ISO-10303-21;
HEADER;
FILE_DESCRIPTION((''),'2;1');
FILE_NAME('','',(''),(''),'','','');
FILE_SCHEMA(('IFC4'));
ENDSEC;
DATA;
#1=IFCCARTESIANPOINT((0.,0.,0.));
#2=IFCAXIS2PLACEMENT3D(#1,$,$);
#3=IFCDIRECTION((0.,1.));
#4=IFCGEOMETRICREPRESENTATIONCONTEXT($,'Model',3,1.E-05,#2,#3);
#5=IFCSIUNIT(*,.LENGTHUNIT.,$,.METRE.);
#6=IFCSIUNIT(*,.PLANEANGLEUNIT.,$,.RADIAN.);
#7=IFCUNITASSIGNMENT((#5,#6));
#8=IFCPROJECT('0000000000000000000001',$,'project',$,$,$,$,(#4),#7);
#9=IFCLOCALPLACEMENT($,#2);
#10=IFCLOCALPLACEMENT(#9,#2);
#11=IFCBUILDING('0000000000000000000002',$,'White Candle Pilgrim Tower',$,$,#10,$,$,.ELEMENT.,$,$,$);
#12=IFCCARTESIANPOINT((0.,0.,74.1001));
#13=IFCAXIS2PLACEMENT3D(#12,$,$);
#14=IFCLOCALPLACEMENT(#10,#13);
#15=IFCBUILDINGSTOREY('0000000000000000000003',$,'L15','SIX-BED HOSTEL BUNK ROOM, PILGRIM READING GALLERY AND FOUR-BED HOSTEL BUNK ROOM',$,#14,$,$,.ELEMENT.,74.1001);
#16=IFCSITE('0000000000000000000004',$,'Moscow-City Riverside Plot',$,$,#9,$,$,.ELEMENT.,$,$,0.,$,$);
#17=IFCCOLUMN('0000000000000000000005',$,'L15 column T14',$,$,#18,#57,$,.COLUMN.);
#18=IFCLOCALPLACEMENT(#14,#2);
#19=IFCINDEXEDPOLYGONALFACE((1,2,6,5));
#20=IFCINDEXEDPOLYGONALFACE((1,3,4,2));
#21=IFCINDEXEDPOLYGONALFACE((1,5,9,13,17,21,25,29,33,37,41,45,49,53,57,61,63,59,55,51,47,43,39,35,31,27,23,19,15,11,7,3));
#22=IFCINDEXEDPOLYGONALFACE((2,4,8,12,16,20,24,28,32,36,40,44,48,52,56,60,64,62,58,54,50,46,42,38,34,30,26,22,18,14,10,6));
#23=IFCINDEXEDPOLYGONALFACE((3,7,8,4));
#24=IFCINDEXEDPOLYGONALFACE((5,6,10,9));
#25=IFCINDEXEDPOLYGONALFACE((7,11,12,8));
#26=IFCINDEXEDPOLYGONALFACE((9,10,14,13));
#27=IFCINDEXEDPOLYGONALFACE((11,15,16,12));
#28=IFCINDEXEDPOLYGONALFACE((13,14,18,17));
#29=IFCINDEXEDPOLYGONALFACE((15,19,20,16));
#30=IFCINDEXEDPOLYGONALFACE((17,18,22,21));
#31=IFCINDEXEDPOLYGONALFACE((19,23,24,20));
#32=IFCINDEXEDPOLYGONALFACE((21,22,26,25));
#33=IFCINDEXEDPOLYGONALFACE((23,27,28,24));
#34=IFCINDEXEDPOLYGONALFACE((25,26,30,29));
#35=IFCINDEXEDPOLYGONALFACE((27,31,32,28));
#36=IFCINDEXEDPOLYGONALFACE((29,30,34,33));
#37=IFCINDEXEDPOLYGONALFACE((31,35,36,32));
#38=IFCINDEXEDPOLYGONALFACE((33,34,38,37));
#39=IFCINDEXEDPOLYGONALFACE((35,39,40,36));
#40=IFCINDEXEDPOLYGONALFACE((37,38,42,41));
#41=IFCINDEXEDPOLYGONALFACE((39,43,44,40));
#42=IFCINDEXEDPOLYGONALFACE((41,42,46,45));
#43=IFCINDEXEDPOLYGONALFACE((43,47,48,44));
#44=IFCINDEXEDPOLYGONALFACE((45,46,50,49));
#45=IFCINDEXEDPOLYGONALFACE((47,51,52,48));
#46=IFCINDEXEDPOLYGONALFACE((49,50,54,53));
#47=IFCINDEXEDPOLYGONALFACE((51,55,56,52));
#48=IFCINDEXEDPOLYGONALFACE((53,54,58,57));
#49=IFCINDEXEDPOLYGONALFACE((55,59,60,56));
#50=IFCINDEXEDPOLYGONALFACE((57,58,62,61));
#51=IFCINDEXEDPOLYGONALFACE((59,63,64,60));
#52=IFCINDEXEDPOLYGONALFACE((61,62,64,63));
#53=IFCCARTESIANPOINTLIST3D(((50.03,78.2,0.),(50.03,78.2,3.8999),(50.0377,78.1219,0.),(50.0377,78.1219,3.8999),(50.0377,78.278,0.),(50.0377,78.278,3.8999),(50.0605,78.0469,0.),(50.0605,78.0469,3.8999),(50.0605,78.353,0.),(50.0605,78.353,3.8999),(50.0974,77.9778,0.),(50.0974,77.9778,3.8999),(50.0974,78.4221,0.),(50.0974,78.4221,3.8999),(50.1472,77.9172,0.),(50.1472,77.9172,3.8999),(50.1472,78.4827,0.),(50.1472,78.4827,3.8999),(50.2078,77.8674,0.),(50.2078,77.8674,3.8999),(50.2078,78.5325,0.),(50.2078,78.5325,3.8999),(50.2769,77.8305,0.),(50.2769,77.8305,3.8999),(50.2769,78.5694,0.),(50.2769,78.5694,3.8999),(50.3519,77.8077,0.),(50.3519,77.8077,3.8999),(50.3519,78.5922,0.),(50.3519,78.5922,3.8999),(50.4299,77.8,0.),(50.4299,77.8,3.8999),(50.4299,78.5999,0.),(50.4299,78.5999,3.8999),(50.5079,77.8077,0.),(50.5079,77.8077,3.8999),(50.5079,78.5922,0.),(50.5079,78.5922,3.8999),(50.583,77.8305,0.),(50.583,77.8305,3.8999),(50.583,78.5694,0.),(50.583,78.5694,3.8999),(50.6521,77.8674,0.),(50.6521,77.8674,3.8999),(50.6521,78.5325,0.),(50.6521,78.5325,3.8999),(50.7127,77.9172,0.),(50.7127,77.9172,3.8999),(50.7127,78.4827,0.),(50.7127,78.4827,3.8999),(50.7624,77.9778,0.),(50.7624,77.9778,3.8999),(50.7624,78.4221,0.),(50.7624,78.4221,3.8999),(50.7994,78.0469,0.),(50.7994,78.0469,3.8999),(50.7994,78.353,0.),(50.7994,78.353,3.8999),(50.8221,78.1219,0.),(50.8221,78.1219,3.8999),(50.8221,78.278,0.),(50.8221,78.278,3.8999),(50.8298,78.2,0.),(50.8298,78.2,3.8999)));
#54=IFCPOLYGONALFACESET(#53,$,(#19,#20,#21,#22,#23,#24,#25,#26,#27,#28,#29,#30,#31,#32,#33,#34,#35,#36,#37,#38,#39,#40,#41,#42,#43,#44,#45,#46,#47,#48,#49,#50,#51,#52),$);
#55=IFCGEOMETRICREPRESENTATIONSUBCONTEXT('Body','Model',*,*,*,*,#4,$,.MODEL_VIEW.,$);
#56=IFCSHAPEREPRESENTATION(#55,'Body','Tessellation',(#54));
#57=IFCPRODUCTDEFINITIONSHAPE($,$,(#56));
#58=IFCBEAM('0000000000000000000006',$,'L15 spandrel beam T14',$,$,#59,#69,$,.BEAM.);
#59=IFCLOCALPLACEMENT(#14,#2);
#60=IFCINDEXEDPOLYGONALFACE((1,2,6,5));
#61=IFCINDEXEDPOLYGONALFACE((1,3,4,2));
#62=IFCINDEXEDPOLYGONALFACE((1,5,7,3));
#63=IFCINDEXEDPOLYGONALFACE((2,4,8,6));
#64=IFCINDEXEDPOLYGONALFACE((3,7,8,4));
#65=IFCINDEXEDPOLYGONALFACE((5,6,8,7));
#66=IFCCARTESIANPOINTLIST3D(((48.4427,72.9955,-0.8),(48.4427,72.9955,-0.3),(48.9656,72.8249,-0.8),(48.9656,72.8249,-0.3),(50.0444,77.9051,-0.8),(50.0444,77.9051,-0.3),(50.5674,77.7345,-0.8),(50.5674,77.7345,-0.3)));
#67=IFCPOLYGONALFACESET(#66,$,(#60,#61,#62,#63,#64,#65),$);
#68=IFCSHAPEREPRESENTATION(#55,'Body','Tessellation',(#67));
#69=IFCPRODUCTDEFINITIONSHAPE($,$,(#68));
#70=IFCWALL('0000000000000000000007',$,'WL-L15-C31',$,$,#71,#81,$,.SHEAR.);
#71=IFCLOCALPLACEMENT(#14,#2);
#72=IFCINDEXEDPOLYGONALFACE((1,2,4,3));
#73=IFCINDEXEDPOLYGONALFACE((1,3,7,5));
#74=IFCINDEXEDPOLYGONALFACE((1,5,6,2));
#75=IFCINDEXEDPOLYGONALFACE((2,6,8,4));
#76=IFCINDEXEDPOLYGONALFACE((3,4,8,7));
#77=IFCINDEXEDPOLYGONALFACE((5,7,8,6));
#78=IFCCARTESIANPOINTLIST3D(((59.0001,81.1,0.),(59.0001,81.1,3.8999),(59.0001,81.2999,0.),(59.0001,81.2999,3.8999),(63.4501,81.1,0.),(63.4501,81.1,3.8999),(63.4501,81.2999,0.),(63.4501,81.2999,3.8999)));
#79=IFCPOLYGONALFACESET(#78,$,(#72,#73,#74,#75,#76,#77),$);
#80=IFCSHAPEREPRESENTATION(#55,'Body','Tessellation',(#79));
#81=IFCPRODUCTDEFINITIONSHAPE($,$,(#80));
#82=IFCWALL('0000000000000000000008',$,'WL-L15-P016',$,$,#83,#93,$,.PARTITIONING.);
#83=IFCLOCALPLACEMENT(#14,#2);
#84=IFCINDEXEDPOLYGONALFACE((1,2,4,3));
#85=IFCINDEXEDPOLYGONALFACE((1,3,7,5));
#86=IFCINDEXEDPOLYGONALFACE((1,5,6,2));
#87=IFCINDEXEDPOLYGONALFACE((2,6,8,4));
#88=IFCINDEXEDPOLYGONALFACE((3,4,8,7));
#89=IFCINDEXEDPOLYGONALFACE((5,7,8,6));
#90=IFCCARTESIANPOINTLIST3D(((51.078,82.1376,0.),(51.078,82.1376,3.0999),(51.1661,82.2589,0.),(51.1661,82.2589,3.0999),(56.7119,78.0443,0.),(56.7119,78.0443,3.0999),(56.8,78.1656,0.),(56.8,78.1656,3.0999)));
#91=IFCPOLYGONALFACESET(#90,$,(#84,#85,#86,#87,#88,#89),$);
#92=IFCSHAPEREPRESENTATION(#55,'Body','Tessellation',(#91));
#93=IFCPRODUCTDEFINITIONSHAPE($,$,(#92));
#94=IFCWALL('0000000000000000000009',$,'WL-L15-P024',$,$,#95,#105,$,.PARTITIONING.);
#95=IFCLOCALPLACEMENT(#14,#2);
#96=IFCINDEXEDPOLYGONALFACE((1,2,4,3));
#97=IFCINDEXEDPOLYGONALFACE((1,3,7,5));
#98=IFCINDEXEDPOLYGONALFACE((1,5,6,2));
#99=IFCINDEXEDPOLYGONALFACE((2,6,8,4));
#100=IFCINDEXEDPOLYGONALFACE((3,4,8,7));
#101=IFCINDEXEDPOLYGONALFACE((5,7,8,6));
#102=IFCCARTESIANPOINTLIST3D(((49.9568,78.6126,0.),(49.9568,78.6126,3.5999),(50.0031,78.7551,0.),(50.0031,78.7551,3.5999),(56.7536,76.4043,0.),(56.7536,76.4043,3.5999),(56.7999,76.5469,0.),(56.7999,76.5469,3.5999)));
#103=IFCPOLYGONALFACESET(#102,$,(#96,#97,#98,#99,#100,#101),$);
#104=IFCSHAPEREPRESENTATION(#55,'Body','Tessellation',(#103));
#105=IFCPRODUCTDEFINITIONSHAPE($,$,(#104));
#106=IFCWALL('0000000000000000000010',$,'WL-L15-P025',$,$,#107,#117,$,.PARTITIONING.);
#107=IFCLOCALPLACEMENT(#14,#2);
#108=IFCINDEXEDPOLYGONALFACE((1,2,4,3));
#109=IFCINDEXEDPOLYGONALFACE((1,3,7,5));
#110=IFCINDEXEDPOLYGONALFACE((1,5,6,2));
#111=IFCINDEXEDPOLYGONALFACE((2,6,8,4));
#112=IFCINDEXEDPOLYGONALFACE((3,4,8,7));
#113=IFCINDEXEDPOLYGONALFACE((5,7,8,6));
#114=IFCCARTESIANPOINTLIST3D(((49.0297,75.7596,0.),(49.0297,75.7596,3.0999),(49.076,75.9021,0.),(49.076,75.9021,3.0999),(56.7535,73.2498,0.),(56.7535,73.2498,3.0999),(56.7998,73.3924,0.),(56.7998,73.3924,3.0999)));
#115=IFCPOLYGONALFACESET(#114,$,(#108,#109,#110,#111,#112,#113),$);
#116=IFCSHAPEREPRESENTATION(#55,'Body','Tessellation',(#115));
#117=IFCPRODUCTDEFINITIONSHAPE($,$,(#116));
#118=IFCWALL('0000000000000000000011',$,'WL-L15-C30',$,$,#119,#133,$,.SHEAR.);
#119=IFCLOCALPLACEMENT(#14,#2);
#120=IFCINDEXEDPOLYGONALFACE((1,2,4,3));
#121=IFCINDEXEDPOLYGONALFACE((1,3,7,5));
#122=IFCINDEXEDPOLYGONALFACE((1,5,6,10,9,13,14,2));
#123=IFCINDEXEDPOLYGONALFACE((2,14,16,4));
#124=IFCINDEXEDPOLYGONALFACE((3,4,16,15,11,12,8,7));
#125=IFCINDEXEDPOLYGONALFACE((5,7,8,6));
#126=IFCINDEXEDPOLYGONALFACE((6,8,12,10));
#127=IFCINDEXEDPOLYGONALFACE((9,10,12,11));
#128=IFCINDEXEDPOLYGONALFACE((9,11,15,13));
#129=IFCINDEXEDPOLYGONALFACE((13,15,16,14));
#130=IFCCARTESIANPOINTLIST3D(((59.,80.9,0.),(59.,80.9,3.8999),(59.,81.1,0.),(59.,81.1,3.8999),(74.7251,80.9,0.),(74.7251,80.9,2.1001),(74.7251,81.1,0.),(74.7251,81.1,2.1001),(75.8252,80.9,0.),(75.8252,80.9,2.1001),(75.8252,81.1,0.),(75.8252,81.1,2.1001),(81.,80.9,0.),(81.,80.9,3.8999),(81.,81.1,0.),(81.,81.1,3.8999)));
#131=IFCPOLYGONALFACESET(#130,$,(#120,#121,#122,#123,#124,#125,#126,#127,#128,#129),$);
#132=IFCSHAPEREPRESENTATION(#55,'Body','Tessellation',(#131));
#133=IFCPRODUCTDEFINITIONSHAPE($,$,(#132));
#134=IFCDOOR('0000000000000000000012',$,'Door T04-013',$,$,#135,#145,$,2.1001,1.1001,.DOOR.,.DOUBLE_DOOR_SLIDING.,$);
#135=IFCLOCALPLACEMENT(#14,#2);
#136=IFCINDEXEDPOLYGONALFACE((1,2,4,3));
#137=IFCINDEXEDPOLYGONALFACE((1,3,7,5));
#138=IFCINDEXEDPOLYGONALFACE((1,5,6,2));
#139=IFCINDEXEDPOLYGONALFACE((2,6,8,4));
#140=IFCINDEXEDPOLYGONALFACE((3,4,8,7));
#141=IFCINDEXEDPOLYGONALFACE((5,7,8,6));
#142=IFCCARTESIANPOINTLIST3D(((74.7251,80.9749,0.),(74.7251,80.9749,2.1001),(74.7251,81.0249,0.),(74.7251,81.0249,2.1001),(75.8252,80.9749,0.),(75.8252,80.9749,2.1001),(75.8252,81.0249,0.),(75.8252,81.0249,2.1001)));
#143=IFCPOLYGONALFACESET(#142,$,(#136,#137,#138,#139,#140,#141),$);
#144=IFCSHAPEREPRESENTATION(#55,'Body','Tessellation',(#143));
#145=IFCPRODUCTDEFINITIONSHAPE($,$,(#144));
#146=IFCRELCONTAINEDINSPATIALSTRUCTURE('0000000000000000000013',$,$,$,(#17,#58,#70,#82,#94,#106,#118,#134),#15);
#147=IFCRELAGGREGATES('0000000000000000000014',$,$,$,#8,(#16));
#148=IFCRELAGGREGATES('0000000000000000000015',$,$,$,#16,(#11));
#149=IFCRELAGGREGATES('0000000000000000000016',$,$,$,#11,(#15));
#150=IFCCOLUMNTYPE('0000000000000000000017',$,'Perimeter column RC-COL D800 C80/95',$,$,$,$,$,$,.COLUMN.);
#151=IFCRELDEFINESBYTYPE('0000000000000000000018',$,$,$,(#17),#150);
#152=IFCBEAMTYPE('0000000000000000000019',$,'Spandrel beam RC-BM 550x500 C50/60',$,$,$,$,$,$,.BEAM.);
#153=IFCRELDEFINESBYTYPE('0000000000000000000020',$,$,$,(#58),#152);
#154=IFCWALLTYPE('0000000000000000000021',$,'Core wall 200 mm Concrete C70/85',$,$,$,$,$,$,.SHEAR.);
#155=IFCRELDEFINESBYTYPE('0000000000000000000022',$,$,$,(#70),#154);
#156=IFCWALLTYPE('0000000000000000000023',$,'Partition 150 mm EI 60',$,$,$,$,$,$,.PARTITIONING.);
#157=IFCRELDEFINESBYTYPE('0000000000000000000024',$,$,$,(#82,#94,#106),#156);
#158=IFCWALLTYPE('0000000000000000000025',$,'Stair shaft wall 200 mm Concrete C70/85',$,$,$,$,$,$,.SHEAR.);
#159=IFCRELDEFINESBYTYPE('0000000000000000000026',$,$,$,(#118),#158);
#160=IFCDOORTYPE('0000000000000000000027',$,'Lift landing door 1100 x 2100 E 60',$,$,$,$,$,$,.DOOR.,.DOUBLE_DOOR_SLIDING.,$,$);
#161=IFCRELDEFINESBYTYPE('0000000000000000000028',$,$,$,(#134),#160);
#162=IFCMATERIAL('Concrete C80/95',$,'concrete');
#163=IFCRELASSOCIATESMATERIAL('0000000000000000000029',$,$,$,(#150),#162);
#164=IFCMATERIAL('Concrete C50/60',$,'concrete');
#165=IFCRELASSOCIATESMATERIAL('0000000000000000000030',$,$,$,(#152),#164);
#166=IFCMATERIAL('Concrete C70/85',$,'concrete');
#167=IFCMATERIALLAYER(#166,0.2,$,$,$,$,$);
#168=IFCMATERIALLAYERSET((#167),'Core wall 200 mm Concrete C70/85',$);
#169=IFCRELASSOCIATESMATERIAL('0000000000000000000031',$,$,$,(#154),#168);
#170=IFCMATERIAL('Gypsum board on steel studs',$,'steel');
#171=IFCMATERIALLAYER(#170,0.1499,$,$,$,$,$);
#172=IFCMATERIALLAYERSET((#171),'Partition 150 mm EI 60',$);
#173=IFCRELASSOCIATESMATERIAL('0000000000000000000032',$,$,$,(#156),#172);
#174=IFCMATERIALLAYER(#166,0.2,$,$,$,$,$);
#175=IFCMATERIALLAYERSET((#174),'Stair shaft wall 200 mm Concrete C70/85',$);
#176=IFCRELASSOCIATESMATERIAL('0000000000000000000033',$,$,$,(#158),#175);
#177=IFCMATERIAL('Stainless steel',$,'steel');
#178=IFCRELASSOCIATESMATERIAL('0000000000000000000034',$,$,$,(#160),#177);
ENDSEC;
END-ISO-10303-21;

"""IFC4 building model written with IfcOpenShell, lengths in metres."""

from ifc_helpers import new_model, si_unit, direction, frame, frame_2d, origin, origin_2d, place, context, subcontext, project, spatial, rectangle, circle, extrude, material, layer, layer_set, material_profile, profile_set, type_object, element, fill, save


model = new_model("IFC4")

# Units and contexts
model_context = context("Model", 3, precision=1e-05, world=origin(), true_north=direction((0.0, 1.0)))
body_context = subcontext(model_context, "Body", "Model", "MODEL_VIEW")
ifc_project = project(units=[si_unit("LENGTHUNIT", "METRE"), si_unit("PLANEANGLEUNIT", "RADIAN")], contexts=[model_context])

# Site, building, storey
site_placement = place(None, origin())
site = spatial("IfcSite", under=ifc_project, at=site_placement, Name="Moscow-City Riverside Plot", CompositionType="ELEMENT", RefElevation=0.0)
building_placement = place(site_placement, origin())
building = spatial("IfcBuilding", under=site, at=building_placement, Name="White Candle Pilgrim Tower", CompositionType="ELEMENT")
storey_placement = place(building_placement, frame((0.0, 0.0, 74.1001)))
storey = spatial("IfcBuildingStorey", under=building, at=storey_placement, Name="L15", Description="SIX-BED HOSTEL BUNK ROOM, PILGRIM READING GALLERY AND FOUR-BED HOSTEL BUNK ROOM", CompositionType="ELEMENT", Elevation=74.1001)

# Column
ifc_material_1 = material(Name="Concrete C80/95", Category="concrete")
ifc_material_profile_1 = material_profile(ifc_material_1, circle(Radius=0.3999, at=origin_2d()), Name="RC-COL D800")
ifc_profile_set_1 = profile_set([ifc_material_profile_1], Name="Concrete C80/95")
column_type = type_object("IfcColumnType", Name="Perimeter column RC-COL D800 C80/95", PredefinedType="COLUMN", material=ifc_profile_set_1)
column_placement = place(storey_placement, frame((50.4299, 78.2, 0.0), z_axis=(0.0, 0.0, 1.0), x_axis=(1.0, 0.0, 0.0)))
element("IfcColumn", 1, at=column_placement, inside=storey, type_object=column_type, Name="L15 column T14", PredefinedType="COLUMN", context=body_context, shape_type="SweptSolid", body=[
    extrude(circle(Radius=0.3999, at=origin_2d()), origin(), (0.0, 0.0, 1.0), 3.8999),
])

# Beam
ifc_material_2 = material(Name="Concrete C50/60", Category="concrete")
ifc_material_profile_2 = material_profile(ifc_material_2, rectangle(XDim=0.55, YDim=0.5, at=origin_2d()), Name="RC-BM 550x500")
ifc_profile_set_2 = profile_set([ifc_material_profile_2], Name="Concrete C50/60")
beam_type = type_object("IfcBeamType", Name="Spandrel beam RC-BM 550x500 C50/60", PredefinedType="BEAM", material=ifc_profile_set_2)
beam_placement = place(storey_placement, frame((50.3059, 77.8198, -0.55), z_axis=(-0.310166, -0.950683, 0.0), x_axis=(0.950683, -0.310166, 0.0)))
element("IfcBeam", 2, at=beam_placement, inside=storey, type_object=beam_type, Name="L15 spandrel beam T14", PredefinedType="BEAM", context=body_context, shape_type="SweptSolid", body=[
    extrude(rectangle(XDim=0.55, YDim=0.5, at=origin_2d()), origin(), (0.0, 0.0, 1.0), 5.1643),
])

# Walls
ifc_material_3 = material(Name="Concrete C70/85", Category="concrete")
ifc_layer_1 = layer(ifc_material_3, 0.2)
ifc_layer_set_1 = layer_set([ifc_layer_1], Name="Core wall 200 mm Concrete C70/85")
wall_type_1 = type_object("IfcWallType", Name="Core wall 200 mm Concrete C70/85", PredefinedType="SHEAR", material=ifc_layer_set_1)
wall_1_placement = place(storey_placement, frame((59.0, 81.2, 0.0), z_axis=(0.0, 0.0, 1.0), x_axis=(1.0, 0.0, 0.0)))
element("IfcWall", 3, at=wall_1_placement, inside=storey, type_object=wall_type_1, Name="WL-L15-C31", PredefinedType="SHEAR", context=body_context, shape_type="SweptSolid", body=[
    extrude(rectangle(XDim=4.45, YDim=0.2, at=frame_2d((2.2251, 0.0))), origin(), (0.0, 0.0, 1.0), 3.8999),
])
ifc_material_4 = material(Name="Gypsum board on steel studs", Category="steel")
ifc_layer_2 = layer(ifc_material_4, 0.1499)
ifc_layer_set_2 = layer_set([ifc_layer_2], Name="Partition 150 mm EI 60")
wall_type_2 = type_object("IfcWallType", Name="Partition 150 mm EI 60", PredefinedType="PARTITIONING", material=ifc_layer_set_2)
wall_2_placement = place(storey_placement, frame((51.1221, 82.1982, 0.0), z_axis=(0.0, 0.0, 1.0), x_axis=(0.809012, -0.587792, 0.0)))
element("IfcWall", 4, at=wall_2_placement, inside=storey, type_object=wall_type_2, Name="WL-L15-P016", PredefinedType="PARTITIONING", context=body_context, shape_type="SweptSolid", body=[
    extrude(rectangle(XDim=6.9639, YDim=0.1499, at=frame_2d((3.4819, 0.0))), origin(), (0.0, 0.0, 1.0), 3.0999),
])
wall_3_placement = place(storey_placement, frame((49.98, 78.6838, 0.0), z_axis=(0.0, 0.0, 1.0), x_axis=(0.951064, -0.308993, 0.0)))
element("IfcWall", 5, at=wall_3_placement, inside=storey, type_object=wall_type_2, Name="WL-L15-P024", PredefinedType="PARTITIONING", context=body_context, shape_type="SweptSolid", body=[
    extrude(rectangle(XDim=7.1465, YDim=0.1499, at=frame_2d((3.5732, 0.0))), origin(), (0.0, 0.0, 1.0), 3.5999),
])
wall_4_placement = place(storey_placement, frame((49.053, 75.8308, 0.0), z_axis=(0.0, 0.0, 1.0), x_axis=(0.951052, -0.309031, 0.0)))
element("IfcWall", 6, at=wall_4_placement, inside=storey, type_object=wall_type_2, Name="WL-L15-P025", PredefinedType="PARTITIONING", context=body_context, shape_type="SweptSolid", body=[
    extrude(rectangle(XDim=8.1213, YDim=0.1499, at=frame_2d((4.0605, 0.0))), origin(), (0.0, 0.0, 1.0), 3.0999),
])

# Wall, opening, door
ifc_layer_3 = layer(ifc_material_3, 0.2)
ifc_layer_set_3 = layer_set([ifc_layer_3], Name="Stair shaft wall 200 mm Concrete C70/85")
wall_type_3 = type_object("IfcWallType", Name="Stair shaft wall 200 mm Concrete C70/85", PredefinedType="SHEAR", material=ifc_layer_set_3)
wall_5_placement = place(storey_placement, frame((59.0, 81.0, 0.0), z_axis=(0.0, 0.0, 1.0), x_axis=(1.0, 0.0, 0.0)))
wall_5 = element("IfcWall", 7, at=wall_5_placement, inside=storey, type_object=wall_type_3, Name="WL-L15-C30", PredefinedType="SHEAR", context=body_context, shape_type="SweptSolid", body=[
    extrude(rectangle(XDim=22.0, YDim=0.2, at=frame_2d((11.0, 0.0))), origin(), (0.0, 0.0, 1.0), 3.8999),
])
opening_placement = place(wall_5_placement, frame((15.7251, 0.0, 0.0)))
opening = element("IfcOpeningElement", 8, at=opening_placement, cuts=wall_5, PredefinedType="OPENING", context=body_context, shape_type="SweptSolid", body=[
    extrude(rectangle(XDim=1.1001, YDim=2.1001, at=frame_2d((0.55, 1.05))), frame((0.0, 0.1099, 0.0), z_axis=(0.0, -1.0, 0.0), x_axis=(1.0, 0.0, 0.0)), (0.0, 0.0, 1.0), 0.22),
])
ifc_material_5 = material(Name="Stainless steel", Category="steel")
door_type = type_object("IfcDoorType", Name="Lift landing door 1100 x 2100 E 60", OperationType="DOUBLE_DOOR_SLIDING", PredefinedType="DOOR", material=ifc_material_5)
door_placement = place(opening_placement, origin())
door = element("IfcDoor", 9, at=door_placement, inside=storey, type_object=door_type, Name="Door T04-013", OperationType="DOUBLE_DOOR_SLIDING", OverallHeight=2.1001, OverallWidth=1.1001, PredefinedType="DOOR", context=body_context, shape_type="SweptSolid", body=[
    extrude(rectangle(XDim=1.1001, YDim=2.1001, at=frame_2d((0.55, 1.05))), frame((0.0, 0.0249, 0.0), z_axis=(0.0, -1.0, 0.0), x_axis=(1.0, 0.0, 0.0)), (0.0, 0.0, 1.0), 0.05),
])
fill(opening, door)

save(model, "model.ifc")
